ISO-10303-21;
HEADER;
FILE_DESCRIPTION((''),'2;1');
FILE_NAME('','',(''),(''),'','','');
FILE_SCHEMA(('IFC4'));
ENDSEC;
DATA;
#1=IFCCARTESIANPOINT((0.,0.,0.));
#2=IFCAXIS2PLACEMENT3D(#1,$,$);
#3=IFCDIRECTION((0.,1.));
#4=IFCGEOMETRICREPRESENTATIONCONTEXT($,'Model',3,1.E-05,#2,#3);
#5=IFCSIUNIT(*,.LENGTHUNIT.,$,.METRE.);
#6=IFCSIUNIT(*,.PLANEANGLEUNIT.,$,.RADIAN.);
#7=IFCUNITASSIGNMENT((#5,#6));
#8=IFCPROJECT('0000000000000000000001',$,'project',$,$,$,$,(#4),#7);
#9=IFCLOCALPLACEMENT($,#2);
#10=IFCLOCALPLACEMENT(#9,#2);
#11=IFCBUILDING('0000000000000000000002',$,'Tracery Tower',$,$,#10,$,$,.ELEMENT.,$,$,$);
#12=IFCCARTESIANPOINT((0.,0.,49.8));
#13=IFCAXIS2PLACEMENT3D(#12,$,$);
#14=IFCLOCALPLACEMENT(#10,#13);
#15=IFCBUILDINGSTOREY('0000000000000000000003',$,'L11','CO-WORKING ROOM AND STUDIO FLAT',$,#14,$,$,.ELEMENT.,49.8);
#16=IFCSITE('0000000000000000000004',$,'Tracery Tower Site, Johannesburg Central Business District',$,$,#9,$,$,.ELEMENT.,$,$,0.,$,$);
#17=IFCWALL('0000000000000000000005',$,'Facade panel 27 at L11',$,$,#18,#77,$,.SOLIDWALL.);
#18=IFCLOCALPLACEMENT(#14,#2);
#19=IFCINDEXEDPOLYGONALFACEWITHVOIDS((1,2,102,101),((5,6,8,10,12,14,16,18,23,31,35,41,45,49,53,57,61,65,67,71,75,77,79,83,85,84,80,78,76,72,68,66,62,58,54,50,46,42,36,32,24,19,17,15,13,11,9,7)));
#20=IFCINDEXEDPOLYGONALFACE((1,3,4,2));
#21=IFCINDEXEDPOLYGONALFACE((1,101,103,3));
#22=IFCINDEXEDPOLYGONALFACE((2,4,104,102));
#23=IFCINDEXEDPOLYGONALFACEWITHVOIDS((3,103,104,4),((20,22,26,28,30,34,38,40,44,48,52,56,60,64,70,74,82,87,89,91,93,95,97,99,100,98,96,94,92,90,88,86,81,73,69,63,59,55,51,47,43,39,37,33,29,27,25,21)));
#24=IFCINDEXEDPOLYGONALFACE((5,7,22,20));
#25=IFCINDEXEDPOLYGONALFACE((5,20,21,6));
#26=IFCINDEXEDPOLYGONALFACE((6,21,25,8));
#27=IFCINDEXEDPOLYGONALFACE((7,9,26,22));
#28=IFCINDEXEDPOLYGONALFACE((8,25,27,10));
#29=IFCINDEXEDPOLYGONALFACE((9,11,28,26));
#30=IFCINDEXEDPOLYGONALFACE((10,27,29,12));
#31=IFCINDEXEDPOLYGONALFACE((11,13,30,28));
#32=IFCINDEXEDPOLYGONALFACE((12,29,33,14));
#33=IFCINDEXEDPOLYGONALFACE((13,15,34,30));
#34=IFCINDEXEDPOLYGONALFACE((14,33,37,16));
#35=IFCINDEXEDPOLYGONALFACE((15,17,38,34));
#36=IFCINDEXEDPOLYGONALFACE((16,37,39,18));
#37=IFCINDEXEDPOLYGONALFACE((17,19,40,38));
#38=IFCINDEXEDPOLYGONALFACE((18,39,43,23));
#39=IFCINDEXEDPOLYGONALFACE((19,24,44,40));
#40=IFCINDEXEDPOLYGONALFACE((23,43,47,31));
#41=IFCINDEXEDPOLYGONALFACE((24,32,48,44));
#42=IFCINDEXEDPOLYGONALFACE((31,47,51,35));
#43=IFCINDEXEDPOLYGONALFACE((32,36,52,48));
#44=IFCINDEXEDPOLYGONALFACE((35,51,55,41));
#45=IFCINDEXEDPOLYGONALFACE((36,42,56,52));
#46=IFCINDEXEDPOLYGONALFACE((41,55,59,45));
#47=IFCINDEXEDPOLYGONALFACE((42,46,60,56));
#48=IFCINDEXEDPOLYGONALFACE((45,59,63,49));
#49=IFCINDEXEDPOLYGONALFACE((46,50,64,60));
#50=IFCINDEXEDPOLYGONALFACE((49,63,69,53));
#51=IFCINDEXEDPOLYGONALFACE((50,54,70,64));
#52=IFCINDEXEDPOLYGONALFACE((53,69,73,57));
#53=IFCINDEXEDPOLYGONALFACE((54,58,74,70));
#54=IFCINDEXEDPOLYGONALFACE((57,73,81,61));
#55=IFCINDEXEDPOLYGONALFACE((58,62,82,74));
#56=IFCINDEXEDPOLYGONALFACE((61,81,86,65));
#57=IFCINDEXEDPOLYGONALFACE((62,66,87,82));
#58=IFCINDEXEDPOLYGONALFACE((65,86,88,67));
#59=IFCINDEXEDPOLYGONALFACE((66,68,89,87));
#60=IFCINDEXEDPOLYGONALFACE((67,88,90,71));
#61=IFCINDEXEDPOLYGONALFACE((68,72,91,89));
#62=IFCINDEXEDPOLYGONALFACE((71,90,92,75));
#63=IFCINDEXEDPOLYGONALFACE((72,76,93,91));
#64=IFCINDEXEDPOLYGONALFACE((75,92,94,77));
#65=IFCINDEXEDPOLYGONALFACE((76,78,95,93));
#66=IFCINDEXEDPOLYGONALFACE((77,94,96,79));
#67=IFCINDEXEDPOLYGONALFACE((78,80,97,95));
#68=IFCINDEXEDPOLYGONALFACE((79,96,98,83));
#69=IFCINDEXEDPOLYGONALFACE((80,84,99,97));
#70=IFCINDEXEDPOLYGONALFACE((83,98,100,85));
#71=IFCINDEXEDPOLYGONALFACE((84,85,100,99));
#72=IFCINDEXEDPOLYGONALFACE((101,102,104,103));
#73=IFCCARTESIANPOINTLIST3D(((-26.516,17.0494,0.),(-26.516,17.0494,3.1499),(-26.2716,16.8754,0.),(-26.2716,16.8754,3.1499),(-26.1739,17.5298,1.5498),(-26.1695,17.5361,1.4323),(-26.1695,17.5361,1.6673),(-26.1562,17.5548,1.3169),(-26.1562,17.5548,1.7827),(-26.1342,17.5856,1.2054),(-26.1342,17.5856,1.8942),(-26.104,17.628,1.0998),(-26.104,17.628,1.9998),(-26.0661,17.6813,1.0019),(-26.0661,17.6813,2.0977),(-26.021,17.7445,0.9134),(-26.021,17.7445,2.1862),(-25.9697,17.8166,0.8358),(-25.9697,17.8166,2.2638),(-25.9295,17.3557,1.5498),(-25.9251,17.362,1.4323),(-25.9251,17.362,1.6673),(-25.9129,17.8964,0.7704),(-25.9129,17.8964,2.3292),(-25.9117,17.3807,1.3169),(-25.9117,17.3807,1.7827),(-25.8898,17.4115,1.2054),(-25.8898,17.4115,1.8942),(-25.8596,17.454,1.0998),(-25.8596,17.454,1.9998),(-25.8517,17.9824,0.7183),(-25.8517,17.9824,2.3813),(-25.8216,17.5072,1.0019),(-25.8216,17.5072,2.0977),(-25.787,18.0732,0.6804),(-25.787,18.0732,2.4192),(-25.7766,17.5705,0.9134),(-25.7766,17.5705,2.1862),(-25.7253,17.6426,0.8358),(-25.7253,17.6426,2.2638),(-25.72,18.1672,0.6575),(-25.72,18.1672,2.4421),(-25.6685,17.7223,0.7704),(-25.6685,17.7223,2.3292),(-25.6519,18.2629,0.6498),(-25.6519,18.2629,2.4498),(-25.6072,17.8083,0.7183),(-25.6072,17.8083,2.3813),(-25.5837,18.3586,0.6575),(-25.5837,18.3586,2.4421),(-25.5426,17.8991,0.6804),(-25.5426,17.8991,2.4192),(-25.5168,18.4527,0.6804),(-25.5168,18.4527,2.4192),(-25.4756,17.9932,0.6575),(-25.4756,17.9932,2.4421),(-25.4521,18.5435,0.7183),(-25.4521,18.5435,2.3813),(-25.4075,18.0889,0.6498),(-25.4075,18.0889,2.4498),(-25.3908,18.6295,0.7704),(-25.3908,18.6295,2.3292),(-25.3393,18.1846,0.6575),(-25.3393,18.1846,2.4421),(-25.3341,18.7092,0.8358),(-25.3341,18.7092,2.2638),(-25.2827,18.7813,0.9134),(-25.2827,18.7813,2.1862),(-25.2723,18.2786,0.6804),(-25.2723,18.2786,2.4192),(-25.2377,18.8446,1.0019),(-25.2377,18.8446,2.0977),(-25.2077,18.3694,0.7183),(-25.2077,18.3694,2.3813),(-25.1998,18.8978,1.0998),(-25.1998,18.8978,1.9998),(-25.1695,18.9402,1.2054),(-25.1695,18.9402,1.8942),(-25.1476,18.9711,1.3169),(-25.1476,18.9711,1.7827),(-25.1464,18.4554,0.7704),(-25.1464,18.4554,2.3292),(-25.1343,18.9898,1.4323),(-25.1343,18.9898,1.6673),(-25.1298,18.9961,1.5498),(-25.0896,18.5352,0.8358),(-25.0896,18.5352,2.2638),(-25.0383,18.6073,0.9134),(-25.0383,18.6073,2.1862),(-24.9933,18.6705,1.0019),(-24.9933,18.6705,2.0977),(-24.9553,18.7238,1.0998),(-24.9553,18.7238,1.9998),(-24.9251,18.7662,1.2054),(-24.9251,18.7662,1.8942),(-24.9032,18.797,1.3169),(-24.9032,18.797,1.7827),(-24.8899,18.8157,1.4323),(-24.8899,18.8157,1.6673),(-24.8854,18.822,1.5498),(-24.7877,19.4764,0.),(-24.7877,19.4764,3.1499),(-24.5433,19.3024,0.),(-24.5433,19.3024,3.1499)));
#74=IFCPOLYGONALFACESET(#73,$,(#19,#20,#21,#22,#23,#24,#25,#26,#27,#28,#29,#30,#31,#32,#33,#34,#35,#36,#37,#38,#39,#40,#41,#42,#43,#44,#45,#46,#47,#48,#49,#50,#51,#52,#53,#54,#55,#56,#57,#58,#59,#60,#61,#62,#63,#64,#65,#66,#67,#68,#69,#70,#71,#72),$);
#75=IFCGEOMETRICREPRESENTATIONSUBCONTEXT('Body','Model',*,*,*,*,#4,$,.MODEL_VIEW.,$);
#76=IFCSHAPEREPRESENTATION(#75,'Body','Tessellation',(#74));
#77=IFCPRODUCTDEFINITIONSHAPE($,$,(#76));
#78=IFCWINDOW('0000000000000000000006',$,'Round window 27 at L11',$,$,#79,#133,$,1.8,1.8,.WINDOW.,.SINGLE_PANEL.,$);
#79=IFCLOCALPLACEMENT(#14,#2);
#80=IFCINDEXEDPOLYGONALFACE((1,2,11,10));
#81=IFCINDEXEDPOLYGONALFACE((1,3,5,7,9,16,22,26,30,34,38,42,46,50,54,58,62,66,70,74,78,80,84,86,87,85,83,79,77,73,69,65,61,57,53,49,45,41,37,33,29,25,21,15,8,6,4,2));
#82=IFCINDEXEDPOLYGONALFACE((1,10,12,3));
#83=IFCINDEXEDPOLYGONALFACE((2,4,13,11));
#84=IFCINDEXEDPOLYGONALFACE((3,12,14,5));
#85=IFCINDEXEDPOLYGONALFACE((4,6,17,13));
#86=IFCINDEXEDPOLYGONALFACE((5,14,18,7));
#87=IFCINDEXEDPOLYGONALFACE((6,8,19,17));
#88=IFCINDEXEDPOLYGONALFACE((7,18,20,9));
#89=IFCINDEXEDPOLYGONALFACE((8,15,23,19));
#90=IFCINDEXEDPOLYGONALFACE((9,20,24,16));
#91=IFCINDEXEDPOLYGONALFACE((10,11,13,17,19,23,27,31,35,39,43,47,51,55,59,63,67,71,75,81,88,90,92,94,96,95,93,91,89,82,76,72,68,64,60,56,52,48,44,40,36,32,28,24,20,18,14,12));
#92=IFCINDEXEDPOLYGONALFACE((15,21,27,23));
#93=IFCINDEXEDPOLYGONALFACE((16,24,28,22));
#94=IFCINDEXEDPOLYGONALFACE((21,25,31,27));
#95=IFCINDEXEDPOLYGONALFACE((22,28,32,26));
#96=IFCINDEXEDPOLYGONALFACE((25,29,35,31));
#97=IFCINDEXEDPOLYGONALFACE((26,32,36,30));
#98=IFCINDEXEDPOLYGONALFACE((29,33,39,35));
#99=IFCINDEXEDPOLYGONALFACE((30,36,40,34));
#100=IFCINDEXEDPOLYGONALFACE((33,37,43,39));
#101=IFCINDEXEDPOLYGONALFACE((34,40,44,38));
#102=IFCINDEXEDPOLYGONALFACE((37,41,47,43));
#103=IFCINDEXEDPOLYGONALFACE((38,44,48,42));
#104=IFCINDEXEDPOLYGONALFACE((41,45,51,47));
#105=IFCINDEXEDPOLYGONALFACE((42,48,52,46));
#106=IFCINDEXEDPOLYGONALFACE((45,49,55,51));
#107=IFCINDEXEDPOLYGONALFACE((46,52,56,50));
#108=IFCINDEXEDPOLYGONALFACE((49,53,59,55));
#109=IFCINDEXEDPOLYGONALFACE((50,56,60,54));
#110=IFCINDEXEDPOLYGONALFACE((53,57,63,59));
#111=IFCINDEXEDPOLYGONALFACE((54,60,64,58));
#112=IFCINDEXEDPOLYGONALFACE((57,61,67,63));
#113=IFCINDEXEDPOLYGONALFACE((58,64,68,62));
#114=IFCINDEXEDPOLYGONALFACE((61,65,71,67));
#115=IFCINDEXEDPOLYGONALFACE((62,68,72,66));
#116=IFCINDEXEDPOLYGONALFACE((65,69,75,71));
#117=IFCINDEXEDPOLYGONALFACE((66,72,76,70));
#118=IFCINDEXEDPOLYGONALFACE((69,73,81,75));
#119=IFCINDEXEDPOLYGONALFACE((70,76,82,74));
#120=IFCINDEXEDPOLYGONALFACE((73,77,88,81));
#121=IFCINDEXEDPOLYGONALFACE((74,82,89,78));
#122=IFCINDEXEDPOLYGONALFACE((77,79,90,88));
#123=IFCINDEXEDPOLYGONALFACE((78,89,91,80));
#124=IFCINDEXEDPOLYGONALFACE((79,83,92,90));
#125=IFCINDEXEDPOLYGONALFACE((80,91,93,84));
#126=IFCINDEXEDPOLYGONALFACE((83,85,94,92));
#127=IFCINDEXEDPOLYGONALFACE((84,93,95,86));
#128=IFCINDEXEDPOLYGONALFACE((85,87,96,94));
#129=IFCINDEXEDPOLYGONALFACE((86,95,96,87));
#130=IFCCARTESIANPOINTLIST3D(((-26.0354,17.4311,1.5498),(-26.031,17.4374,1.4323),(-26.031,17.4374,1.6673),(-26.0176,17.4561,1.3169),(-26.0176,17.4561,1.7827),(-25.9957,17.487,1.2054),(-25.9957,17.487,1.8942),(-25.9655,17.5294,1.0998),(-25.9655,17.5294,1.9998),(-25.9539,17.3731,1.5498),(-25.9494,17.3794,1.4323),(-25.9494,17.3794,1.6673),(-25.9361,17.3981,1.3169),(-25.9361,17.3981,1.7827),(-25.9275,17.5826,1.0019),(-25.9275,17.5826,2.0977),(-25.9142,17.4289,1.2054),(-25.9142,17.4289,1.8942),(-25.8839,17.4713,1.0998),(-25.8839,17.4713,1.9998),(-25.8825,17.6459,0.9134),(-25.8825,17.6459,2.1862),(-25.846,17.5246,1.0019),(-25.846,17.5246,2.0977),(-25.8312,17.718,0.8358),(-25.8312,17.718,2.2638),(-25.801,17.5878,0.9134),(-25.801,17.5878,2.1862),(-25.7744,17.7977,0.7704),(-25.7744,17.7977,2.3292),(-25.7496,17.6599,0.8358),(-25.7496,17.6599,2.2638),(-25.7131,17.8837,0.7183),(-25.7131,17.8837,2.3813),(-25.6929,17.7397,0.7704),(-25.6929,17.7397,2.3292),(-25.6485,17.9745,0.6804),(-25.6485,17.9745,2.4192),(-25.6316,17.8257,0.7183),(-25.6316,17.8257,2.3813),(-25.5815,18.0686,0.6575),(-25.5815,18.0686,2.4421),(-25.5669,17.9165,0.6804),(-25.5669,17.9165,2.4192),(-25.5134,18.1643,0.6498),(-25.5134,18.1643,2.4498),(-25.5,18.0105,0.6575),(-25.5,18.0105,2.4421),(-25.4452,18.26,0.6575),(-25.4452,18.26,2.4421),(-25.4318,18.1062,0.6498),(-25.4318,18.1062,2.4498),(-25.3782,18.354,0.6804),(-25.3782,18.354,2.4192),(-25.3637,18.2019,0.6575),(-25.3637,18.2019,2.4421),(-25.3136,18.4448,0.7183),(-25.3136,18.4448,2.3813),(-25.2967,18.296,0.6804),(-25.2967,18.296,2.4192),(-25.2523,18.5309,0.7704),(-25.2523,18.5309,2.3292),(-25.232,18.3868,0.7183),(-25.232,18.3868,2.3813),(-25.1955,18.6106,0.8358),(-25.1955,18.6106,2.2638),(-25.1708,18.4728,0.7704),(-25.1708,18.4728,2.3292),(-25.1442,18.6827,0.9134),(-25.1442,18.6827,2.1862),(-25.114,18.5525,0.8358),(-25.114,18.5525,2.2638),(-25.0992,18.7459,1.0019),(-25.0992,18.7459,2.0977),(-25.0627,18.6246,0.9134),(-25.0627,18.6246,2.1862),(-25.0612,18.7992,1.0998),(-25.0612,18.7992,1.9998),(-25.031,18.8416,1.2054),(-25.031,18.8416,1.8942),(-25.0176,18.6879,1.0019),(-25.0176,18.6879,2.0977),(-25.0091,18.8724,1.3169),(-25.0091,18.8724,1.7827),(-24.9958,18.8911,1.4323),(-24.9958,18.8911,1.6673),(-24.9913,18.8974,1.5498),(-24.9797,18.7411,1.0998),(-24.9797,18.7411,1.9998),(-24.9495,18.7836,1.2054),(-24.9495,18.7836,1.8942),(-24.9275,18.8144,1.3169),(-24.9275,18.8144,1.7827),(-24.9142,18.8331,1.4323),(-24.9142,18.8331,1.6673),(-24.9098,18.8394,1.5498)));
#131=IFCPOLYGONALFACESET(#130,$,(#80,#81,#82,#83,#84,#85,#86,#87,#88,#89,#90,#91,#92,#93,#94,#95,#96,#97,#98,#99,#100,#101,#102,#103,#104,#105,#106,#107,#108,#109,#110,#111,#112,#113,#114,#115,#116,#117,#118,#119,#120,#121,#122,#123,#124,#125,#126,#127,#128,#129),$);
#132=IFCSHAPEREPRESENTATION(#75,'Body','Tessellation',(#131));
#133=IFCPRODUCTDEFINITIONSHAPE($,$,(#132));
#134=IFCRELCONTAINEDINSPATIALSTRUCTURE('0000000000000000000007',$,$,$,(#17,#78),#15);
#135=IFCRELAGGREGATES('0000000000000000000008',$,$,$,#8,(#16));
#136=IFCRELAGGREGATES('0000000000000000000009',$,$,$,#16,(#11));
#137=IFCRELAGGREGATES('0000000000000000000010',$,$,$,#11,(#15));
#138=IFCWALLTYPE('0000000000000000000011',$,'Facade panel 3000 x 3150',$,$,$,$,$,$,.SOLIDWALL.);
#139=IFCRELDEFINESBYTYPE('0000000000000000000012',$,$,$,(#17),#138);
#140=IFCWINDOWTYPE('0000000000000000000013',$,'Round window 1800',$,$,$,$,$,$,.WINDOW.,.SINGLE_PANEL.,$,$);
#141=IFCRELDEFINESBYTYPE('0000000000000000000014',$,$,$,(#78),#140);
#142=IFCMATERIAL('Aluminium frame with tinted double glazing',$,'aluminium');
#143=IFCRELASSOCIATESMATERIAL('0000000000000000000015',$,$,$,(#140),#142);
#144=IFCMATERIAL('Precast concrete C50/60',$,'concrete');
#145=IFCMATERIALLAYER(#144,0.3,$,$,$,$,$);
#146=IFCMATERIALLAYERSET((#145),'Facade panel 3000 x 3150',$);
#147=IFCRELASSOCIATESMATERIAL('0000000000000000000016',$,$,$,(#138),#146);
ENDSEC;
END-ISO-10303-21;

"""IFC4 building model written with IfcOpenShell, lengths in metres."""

from ifc_helpers import new_model, si_unit, direction, frame, frame_2d, origin, origin_2d, place, context, subcontext, project, spatial, rectangle, circle, extrude, material, layer, layer_set, type_object, element, fill, save


model = new_model("IFC4")

# Units and contexts
model_context = context("Model", 3, precision=1e-05, world=origin(), true_north=direction((0.0, 1.0)))
body_context = subcontext(model_context, "Body", "Model", "MODEL_VIEW")
ifc_project = project(units=[si_unit("LENGTHUNIT", "METRE"), si_unit("PLANEANGLEUNIT", "RADIAN")], contexts=[model_context])

# Site, building, storey
site_placement = place(None, origin())
site = spatial("IfcSite", under=ifc_project, at=site_placement, Name="Tracery Tower Site, Johannesburg Central Business District", CompositionType="ELEMENT", RefElevation=0.0)
building_placement = place(site_placement, origin())
building = spatial("IfcBuilding", under=site, at=building_placement, Name="Tracery Tower", CompositionType="ELEMENT")
storey_placement = place(building_placement, frame((0.0, 0.0, 49.8)))
storey = spatial("IfcBuildingStorey", under=building, at=storey_placement, Name="L11", Description="CO-WORKING ROOM AND STUDIO FLAT", CompositionType="ELEMENT", Elevation=49.8)

# Wall, opening, window
ifc_material_1 = material(Name="Aluminium frame with tinted double glazing", Category="aluminium")
window_type = type_object("IfcWindowType", Name="Round window 1800", PartitioningType="SINGLE_PANEL", PredefinedType="WINDOW", material=ifc_material_1)
ifc_material_2 = material(Name="Precast concrete C50/60", Category="concrete")
ifc_layer_1 = layer(ifc_material_2, 0.3)
ifc_layer_set_1 = layer_set([ifc_layer_1], Name="Facade panel 3000 x 3150")
wall_type_1 = type_object("IfcWallType", Name="Facade panel 3000 x 3150", PredefinedType="SOLIDWALL", material=ifc_layer_set_1)
wall_1_placement = place(storey_placement, frame((-24.6655, 19.3894, 0.0), z_axis=(0.0, 0.0, 1.0), x_axis=(-0.580059, -0.814574, 0.0)))
wall_1 = element("IfcWall", 1, at=wall_1_placement, inside=storey, type_object=wall_type_1, Name="Facade panel 27 at L11", PredefinedType="SOLIDWALL", context=body_context, shape_type="SweptSolid", body=[
    extrude(rectangle(XDim=2.9795, YDim=0.3, at=frame_2d((1.4897, 0.0))), origin(), (0.0, 0.0, 1.0), 3.1499),
])
opening_1_placement = place(wall_1_placement, frame((1.4897, 0.0, 1.5498)))
opening_1 = element("IfcOpeningElement", 2, at=opening_1_placement, cuts=wall_1, PredefinedType="OPENING", context=body_context, shape_type="SweptSolid", body=[
    extrude(circle(Radius=0.9, at=origin_2d()), frame((0.0, 0.1599, 0.0), z_axis=(0.0, -1.0, 0.0), x_axis=(1.0, 0.0, 0.0)), (0.0, 0.0, 1.0), 0.3201),
])
window_1_placement = place(opening_1_placement, origin())
window_1 = element("IfcWindow", 3, at=window_1_placement, inside=storey, type_object=window_type, Name="Round window 27 at L11", OverallHeight=1.8, OverallWidth=1.8, PartitioningType="SINGLE_PANEL", PredefinedType="WINDOW", context=body_context, shape_type="SweptSolid", body=[
    extrude(circle(Radius=0.9, at=origin_2d()), frame((0.0, 0.1201, 0.0), z_axis=(0.0, -1.0, 0.0), x_axis=(1.0, 0.0, 0.0)), (0.0, 0.0, 1.0), 0.1001),
])
fill(opening_1, window_1)

save(model, "model.ifc")
